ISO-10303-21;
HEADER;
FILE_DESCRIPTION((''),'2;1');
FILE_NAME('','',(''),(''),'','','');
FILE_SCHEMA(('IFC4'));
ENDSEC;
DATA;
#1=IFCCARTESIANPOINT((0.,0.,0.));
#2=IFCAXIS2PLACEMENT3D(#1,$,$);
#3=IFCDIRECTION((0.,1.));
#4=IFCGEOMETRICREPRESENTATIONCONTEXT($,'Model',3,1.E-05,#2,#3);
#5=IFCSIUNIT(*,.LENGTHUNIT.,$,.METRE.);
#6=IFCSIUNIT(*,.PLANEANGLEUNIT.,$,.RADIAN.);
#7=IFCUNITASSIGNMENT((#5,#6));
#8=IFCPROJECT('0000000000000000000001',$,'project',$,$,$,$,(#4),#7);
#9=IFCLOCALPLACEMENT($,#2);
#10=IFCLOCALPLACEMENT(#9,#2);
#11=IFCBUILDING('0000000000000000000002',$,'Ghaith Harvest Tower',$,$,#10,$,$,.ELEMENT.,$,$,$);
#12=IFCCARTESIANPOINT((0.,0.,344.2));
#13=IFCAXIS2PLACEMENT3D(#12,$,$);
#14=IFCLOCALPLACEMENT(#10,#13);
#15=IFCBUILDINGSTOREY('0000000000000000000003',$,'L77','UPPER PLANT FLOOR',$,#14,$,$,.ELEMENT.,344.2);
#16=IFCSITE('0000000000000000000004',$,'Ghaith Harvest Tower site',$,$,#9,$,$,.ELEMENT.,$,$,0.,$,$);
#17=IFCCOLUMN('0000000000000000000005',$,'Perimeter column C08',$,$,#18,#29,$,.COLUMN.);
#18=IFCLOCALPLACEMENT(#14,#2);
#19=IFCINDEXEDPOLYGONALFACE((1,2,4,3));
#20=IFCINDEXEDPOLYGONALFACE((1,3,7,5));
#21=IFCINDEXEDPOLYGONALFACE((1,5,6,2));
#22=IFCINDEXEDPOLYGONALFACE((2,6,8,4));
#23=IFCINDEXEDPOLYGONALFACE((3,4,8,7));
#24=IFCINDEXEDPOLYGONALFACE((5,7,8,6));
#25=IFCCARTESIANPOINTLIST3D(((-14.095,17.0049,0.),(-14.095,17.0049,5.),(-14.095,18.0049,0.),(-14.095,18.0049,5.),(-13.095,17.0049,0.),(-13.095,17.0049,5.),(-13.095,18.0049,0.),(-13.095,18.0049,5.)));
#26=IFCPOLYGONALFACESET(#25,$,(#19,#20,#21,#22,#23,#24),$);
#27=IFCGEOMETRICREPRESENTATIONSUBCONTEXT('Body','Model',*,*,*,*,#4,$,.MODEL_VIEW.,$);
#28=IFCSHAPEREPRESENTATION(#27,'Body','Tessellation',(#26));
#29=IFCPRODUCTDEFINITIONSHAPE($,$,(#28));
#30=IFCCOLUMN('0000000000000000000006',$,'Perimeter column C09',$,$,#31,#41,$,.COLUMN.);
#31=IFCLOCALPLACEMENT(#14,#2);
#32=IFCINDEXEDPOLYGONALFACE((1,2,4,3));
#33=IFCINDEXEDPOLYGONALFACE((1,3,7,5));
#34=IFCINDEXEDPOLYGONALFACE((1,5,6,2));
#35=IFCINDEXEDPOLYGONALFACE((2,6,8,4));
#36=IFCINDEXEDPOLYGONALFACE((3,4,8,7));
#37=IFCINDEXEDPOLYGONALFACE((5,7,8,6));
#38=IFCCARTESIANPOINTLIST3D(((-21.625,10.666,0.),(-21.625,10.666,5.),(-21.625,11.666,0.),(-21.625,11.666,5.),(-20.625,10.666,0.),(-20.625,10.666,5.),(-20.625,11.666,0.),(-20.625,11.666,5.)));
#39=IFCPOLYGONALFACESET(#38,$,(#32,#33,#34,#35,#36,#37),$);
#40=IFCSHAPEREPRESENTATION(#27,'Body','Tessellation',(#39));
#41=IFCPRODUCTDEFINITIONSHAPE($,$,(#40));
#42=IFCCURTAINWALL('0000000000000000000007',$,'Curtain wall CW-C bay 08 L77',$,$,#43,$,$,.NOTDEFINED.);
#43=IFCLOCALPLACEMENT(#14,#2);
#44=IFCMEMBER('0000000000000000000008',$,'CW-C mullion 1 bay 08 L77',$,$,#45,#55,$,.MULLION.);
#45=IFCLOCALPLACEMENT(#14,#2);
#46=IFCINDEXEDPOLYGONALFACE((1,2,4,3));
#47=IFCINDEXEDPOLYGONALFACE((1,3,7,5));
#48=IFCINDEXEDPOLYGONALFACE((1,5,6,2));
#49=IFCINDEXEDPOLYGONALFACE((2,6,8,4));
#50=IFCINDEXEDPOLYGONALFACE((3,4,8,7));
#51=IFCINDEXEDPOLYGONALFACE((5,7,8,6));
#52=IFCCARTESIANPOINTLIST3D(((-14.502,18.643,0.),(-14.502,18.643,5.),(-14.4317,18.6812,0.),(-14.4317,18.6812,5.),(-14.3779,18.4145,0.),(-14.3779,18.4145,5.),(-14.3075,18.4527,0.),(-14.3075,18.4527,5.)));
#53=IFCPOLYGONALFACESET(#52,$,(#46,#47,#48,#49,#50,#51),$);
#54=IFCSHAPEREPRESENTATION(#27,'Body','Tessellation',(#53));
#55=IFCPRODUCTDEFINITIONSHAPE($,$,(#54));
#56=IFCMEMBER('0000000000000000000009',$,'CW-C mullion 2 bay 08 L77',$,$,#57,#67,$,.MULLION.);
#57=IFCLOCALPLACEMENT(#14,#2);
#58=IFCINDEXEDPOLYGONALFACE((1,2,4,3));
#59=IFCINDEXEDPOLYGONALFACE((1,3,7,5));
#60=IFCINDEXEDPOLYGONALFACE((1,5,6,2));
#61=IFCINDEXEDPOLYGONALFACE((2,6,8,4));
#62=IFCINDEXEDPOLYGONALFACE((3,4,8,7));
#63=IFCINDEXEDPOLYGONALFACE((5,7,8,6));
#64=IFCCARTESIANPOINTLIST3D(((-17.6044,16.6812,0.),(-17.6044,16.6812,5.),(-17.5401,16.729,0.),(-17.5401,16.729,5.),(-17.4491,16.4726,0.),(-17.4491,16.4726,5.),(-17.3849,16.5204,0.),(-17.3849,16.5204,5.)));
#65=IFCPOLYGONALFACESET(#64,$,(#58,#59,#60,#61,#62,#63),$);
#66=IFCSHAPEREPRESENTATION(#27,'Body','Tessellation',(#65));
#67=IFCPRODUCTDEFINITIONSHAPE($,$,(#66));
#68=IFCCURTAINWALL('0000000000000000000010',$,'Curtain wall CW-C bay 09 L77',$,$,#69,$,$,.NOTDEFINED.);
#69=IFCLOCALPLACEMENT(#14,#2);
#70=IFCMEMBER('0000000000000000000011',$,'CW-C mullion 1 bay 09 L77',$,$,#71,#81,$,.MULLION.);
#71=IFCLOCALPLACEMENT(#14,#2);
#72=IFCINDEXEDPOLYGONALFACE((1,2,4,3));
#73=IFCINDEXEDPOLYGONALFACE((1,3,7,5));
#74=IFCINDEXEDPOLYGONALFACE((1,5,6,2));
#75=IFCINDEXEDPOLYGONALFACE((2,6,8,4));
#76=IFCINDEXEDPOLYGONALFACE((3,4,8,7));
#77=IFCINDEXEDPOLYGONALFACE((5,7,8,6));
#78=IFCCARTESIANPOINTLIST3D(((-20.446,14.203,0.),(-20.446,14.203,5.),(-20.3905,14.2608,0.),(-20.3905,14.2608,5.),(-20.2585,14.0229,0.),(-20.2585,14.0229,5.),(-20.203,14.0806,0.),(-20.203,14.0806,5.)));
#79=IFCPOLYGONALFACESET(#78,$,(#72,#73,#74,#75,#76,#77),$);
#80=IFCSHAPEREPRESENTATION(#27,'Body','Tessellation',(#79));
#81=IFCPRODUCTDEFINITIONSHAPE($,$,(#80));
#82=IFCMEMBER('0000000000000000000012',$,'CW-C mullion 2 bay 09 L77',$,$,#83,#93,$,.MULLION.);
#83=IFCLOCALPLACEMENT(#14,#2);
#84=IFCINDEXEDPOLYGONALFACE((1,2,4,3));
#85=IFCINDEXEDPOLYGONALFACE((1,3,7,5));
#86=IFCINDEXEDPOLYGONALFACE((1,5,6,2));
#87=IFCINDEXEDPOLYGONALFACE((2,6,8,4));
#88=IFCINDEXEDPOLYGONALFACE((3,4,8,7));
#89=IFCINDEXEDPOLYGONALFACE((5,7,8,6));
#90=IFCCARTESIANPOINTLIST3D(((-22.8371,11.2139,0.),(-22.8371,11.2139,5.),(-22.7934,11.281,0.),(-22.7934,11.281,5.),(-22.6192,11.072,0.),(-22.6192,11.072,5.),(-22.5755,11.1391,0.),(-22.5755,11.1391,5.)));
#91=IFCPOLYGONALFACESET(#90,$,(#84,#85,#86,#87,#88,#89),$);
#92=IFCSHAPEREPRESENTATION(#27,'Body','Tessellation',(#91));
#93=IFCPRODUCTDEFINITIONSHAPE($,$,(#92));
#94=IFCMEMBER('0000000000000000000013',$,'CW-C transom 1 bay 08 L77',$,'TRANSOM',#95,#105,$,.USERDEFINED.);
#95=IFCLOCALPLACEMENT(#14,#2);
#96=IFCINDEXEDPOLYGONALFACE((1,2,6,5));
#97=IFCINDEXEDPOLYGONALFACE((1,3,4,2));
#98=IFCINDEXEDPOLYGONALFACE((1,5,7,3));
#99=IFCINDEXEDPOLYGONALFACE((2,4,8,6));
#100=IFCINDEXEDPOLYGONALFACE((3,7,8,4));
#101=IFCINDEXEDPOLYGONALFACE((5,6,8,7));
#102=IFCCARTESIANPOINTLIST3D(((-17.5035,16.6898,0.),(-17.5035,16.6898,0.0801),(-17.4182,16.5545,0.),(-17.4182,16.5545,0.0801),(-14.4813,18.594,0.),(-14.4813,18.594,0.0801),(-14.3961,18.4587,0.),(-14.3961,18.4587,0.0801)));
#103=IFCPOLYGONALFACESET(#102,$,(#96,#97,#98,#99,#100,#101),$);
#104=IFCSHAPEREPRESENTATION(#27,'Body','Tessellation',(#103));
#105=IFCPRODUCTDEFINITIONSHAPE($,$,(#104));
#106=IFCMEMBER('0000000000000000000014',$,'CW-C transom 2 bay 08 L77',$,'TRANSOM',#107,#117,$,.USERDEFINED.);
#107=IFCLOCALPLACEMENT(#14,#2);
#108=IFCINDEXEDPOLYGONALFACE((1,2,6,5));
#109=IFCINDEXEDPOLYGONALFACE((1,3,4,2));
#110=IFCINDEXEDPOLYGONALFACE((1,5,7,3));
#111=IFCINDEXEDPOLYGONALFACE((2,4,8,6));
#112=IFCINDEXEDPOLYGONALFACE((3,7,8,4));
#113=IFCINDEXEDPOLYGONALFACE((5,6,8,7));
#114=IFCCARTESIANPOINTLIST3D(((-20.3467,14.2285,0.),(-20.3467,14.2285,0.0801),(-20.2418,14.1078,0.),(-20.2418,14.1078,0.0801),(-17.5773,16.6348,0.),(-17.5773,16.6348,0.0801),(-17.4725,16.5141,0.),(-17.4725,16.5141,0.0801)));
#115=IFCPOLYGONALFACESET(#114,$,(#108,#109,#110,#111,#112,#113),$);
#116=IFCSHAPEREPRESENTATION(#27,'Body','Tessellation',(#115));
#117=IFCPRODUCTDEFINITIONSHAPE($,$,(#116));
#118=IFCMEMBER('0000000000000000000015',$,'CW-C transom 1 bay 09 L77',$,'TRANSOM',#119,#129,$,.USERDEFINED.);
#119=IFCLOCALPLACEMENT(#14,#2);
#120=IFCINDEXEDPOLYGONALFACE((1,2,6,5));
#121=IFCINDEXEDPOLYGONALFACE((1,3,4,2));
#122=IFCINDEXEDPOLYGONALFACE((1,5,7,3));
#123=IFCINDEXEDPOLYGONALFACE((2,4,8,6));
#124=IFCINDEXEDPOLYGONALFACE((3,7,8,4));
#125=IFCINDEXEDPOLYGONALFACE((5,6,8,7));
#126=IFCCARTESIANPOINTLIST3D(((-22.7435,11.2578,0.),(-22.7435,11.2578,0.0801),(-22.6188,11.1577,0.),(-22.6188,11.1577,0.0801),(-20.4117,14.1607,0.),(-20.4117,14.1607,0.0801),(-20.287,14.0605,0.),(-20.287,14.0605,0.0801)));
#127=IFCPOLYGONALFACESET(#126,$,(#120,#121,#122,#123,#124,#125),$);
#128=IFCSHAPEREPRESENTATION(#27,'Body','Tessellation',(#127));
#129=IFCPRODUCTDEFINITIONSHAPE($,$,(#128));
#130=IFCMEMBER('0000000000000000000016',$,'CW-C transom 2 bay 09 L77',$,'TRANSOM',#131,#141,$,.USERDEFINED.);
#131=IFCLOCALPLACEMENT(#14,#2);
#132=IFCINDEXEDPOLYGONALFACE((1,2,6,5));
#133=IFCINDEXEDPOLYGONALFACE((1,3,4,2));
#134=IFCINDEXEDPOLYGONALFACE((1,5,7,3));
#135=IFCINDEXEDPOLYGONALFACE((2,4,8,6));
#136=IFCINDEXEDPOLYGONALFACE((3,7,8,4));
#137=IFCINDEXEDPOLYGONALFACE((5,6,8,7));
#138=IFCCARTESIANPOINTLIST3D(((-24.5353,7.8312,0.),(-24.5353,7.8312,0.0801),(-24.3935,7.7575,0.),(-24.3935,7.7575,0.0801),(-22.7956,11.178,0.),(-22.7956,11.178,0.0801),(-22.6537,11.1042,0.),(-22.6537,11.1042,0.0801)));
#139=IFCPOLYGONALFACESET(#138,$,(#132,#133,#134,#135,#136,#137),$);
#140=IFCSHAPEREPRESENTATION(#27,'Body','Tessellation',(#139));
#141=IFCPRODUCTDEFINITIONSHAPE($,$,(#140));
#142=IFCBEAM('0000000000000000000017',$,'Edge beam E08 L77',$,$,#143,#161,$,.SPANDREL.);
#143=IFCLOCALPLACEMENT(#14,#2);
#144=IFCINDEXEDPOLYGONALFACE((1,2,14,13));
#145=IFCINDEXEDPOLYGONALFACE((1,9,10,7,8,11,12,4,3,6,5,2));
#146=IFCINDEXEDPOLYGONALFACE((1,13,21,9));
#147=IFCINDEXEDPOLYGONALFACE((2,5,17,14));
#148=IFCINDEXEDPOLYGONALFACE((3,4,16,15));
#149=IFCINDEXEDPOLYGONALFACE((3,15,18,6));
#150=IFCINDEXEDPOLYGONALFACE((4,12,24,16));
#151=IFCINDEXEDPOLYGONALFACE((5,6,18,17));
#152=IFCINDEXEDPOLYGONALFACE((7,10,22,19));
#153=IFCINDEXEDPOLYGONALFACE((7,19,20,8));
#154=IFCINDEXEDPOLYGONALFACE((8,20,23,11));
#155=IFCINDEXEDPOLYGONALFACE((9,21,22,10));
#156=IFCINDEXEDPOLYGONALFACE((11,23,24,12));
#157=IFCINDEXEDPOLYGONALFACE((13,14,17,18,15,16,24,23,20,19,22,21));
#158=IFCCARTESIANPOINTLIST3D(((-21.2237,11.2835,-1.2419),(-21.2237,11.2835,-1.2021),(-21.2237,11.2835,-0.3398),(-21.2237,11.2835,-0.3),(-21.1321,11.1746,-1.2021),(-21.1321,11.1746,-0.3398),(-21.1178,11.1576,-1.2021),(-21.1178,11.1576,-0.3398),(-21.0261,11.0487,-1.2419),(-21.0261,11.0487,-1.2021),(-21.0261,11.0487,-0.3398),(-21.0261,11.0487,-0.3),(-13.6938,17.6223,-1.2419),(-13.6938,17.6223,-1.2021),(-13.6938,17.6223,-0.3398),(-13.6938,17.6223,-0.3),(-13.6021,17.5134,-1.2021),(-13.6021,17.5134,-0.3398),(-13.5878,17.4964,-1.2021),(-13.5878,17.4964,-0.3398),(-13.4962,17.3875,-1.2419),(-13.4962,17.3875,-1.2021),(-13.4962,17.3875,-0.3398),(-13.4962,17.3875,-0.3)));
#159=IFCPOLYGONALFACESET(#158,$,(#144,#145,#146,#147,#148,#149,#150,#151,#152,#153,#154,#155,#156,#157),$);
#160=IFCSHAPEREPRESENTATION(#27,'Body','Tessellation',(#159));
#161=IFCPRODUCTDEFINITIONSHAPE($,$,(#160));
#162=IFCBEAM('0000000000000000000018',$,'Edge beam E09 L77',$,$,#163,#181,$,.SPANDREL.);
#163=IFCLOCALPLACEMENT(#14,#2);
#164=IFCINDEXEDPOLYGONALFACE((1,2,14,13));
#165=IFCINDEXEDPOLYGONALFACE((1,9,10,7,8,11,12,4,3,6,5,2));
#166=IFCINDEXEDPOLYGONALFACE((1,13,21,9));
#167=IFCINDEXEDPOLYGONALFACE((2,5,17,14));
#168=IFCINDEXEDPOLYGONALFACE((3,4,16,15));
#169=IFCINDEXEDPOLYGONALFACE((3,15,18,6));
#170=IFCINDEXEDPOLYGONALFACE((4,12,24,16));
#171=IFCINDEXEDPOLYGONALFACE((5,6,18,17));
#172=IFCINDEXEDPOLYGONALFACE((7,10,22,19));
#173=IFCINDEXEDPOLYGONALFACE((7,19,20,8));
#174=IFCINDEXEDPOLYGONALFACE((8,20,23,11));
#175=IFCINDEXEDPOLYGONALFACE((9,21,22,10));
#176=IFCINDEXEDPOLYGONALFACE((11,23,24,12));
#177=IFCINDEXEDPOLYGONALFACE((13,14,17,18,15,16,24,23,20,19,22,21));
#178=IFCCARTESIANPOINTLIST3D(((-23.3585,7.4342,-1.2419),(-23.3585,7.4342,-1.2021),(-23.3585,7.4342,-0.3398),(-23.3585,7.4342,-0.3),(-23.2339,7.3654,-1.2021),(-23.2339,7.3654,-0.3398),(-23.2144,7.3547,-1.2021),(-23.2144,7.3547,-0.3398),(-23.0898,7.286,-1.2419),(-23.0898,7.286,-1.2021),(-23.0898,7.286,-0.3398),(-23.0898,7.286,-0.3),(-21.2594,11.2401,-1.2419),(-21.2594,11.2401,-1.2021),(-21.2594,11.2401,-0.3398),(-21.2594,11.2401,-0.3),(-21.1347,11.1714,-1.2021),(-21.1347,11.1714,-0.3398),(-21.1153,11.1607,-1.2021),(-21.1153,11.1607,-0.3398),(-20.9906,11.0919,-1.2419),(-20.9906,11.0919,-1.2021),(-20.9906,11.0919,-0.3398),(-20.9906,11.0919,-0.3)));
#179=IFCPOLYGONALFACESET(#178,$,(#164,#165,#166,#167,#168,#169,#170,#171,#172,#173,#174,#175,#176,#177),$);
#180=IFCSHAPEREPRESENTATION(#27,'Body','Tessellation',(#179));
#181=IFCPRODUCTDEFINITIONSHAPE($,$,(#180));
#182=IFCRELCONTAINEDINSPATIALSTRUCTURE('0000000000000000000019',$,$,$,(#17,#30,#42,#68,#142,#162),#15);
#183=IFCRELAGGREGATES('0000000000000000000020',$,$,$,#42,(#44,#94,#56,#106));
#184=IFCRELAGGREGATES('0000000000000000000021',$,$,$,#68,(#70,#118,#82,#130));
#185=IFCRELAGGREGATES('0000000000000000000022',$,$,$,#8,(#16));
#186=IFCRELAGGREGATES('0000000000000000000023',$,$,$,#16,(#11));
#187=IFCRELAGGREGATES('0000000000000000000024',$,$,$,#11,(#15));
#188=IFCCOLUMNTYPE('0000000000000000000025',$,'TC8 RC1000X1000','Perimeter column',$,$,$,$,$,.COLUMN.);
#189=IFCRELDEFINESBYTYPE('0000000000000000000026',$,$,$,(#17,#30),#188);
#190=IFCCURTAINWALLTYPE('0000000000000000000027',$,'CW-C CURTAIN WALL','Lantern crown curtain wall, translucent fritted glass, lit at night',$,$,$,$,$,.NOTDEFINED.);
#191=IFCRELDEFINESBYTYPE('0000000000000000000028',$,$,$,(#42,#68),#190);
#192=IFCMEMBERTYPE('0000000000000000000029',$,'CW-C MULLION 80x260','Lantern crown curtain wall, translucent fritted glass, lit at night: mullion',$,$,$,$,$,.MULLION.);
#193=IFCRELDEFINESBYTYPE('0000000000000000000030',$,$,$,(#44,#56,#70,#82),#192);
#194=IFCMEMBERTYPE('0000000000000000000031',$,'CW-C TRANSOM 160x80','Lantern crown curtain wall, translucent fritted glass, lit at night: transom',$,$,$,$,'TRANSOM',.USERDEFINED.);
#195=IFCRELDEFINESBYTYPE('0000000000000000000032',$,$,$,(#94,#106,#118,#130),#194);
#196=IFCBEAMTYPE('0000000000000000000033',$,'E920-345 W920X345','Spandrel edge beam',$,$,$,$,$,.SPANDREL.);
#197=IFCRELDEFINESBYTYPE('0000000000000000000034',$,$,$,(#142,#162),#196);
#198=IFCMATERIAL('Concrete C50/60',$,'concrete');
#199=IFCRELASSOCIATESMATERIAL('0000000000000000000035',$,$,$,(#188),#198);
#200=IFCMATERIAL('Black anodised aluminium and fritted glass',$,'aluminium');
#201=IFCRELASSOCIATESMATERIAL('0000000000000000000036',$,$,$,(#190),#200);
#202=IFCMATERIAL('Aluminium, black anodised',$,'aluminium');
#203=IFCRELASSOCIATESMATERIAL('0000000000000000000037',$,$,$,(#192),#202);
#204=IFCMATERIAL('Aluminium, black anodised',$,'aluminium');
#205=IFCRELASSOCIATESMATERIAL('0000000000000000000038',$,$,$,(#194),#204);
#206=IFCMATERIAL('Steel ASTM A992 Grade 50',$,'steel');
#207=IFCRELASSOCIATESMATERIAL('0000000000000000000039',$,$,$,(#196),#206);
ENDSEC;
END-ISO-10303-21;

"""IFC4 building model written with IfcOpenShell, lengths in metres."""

from ifc_helpers import new_model, si_unit, direction, frame, origin, origin_2d, place, context, subcontext, project, spatial, rectangle, i_section, extrude, material, material_profile, profile_set, type_object, element, aggregate, save


model = new_model("IFC4")

# Units and contexts
model_context = context("Model", 3, precision=1e-05, world=origin(), true_north=direction((0.0, 1.0)))
body_context = subcontext(model_context, "Body", "Model", "MODEL_VIEW")
ifc_project = project(units=[si_unit("LENGTHUNIT", "METRE"), si_unit("PLANEANGLEUNIT", "RADIAN")], contexts=[model_context])

# Site, building, storey
site_placement = place(None, origin())
site = spatial("IfcSite", under=ifc_project, at=site_placement, Name="Ghaith Harvest Tower site", CompositionType="ELEMENT", RefElevation=0.0)
building_placement = place(site_placement, origin())
building = spatial("IfcBuilding", under=site, at=building_placement, Name="Ghaith Harvest Tower", CompositionType="ELEMENT")
storey_placement = place(building_placement, frame((0.0, 0.0, 344.2)))
storey = spatial("IfcBuildingStorey", under=building, at=storey_placement, Name="L77", Description="UPPER PLANT FLOOR", CompositionType="ELEMENT", Elevation=344.2)

# Columns
ifc_material_1 = material(Name="Concrete C50/60", Category="concrete")
ifc_material_profile_1 = material_profile(ifc_material_1, rectangle(XDim=1.0, YDim=1.0, at=origin_2d()), Name="RC1000X1000")
ifc_profile_set_1 = profile_set([ifc_material_profile_1], Name="Concrete C50/60")
column_type = type_object("IfcColumnType", Name="TC8 RC1000X1000", Description="Perimeter column", PredefinedType="COLUMN", material=ifc_profile_set_1)
for number, where, z_axis, x_axis, name in (
    (1, (-13.595, 17.5049, 0.0), (0.0, 0.0, 1.0), (1.0, 0.0, 0.0), "Perimeter column C08"),
    (2, (-21.125, 11.166, 0.0), (0.0, 0.0, 1.0), (1.0, 0.0, 0.0), "Perimeter column C09"),
):
    element("IfcColumn", number, at=place(storey_placement, frame(where, z_axis=z_axis, x_axis=x_axis)), inside=storey, type_object=column_type, Name=name, PredefinedType="COLUMN", context=body_context, shape_type="SweptSolid", body=[
        extrude(rectangle(XDim=1.0, YDim=1.0, at=origin_2d()), origin(), (0.0, 0.0, 1.0), 5.0),
    ])

# Curtain walls, members
ifc_material_2 = material(Name="Black anodised aluminium and fritted glass", Category="aluminium")
curtain_wall_type = type_object("IfcCurtainWallType", Name="CW-C CURTAIN WALL", Description="Lantern crown curtain wall, translucent fritted glass, lit at night", PredefinedType="NOTDEFINED", material=ifc_material_2)
curtain_wall_1_placement = place(storey_placement, origin())
curtain_wall_1 = element("IfcCurtainWall", 3, at=curtain_wall_1_placement, inside=storey, type_object=curtain_wall_type, Name="Curtain wall CW-C bay 08 L77", PredefinedType="NOTDEFINED")
ifc_material_3 = material(Name="Aluminium, black anodised", Category="aluminium")
ifc_material_profile_2 = material_profile(ifc_material_3, rectangle(XDim=0.0801, YDim=0.26, at=origin_2d()), Name="CW-C MULLION 80x260")
ifc_profile_set_2 = profile_set([ifc_material_profile_2], Name="Aluminium, black anodised")
member_type_1 = type_object("IfcMemberType", Name="CW-C MULLION 80x260", Description="Lantern crown curtain wall, translucent fritted glass, lit at night: mullion", PredefinedType="MULLION", material=ifc_profile_set_2)
member_1_placement = place(storey_placement, frame((-14.4048, 18.5479, 0.0), z_axis=(0.0, 0.0, 1.0), x_axis=(-0.878672, -0.477426, 0.0)))
member_1 = element("IfcMember", 4, at=member_1_placement, type_object=member_type_1, Name="CW-C mullion 1 bay 08 L77", PredefinedType="MULLION", context=body_context, shape_type="SweptSolid", body=[
    extrude(rectangle(XDim=0.0801, YDim=0.26, at=origin_2d()), origin(), (0.0, 0.0, 1.0), 5.0),
])
member_2_placement = place(storey_placement, frame((-17.4946, 16.6008, 0.0), z_axis=(0.0, 0.0, 1.0), x_axis=(-0.80219, -0.597069, 0.0)))
member_2 = element("IfcMember", 5, at=member_2_placement, type_object=member_type_1, Name="CW-C mullion 2 bay 08 L77", PredefinedType="MULLION", context=body_context, shape_type="SweptSolid", body=[
    extrude(rectangle(XDim=0.0801, YDim=0.26, at=origin_2d()), origin(), (0.0, 0.0, 1.0), 5.0),
])
curtain_wall_2_placement = place(storey_placement, origin())
curtain_wall_2 = element("IfcCurtainWall", 6, at=curtain_wall_2_placement, inside=storey, type_object=curtain_wall_type, Name="Curtain wall CW-C bay 09 L77", PredefinedType="NOTDEFINED")
member_3_placement = place(storey_placement, frame((-20.3245, 14.1418, 0.0), z_axis=(0.0, 0.0, 1.0), x_axis=(-0.692826, -0.721104, 0.0)))
member_3 = element("IfcMember", 7, at=member_3_placement, type_object=member_type_1, Name="CW-C mullion 1 bay 09 L77", PredefinedType="MULLION", context=body_context, shape_type="SweptSolid", body=[
    extrude(rectangle(XDim=0.0801, YDim=0.26, at=origin_2d()), origin(), (0.0, 0.0, 1.0), 5.0),
])
member_4_placement = place(storey_placement, frame((-22.7063, 11.1765, 0.0), z_axis=(0.0, 0.0, 1.0), x_axis=(-0.545865, -0.837873, 0.0)))
member_4 = element("IfcMember", 8, at=member_4_placement, type_object=member_type_1, Name="CW-C mullion 2 bay 09 L77", PredefinedType="MULLION", context=body_context, shape_type="SweptSolid", body=[
    extrude(rectangle(XDim=0.0801, YDim=0.26, at=origin_2d()), origin(), (0.0, 0.0, 1.0), 5.0),
])

# Members
ifc_material_4 = material(Name="Aluminium, black anodised", Category="aluminium")
ifc_material_profile_3 = material_profile(ifc_material_4, rectangle(XDim=0.1599, YDim=0.0801, at=origin_2d()), Name="CW-C TRANSOM 160x80")
ifc_profile_set_3 = profile_set([ifc_material_profile_3], Name="Aluminium, black anodised")
member_type_2 = type_object("IfcMemberType", Name="CW-C TRANSOM 160x80", Description="Lantern crown curtain wall, translucent fritted glass, lit at night: transom", ElementType="TRANSOM", PredefinedType="USERDEFINED", material=ifc_profile_set_3)
member_5_placement = place(storey_placement, frame((-14.4387, 18.5264, 0.04), z_axis=(-0.846054, -0.533098, 0.0), x_axis=(0.533098, -0.846054, 0.0)))
member_5 = element("IfcMember", 9, at=member_5_placement, type_object=member_type_2, Name="CW-C transom 1 bay 08 L77", ObjectType="TRANSOM", PredefinedType="USERDEFINED", context=body_context, shape_type="SweptSolid", body=[
    extrude(rectangle(XDim=0.1599, YDim=0.0801, at=origin_2d()), origin(), (0.0, 0.0, 1.0), 3.572),
])
member_6_placement = place(storey_placement, frame((-17.5249, 16.5745, 0.04), z_axis=(-0.754852, -0.655895, 0.0), x_axis=(0.655895, -0.754852, 0.0)))
member_6 = element("IfcMember", 10, at=member_6_placement, type_object=member_type_2, Name="CW-C transom 2 bay 08 L77", ObjectType="TRANSOM", PredefinedType="USERDEFINED", context=body_context, shape_type="SweptSolid", body=[
    extrude(rectangle(XDim=0.1599, YDim=0.0801, at=origin_2d()), origin(), (0.0, 0.0, 1.0), 3.6687),
])
member_7_placement = place(storey_placement, frame((-20.3494, 14.1106, 0.04), z_axis=(-0.626253, -0.77962, 0.0), x_axis=(0.77962, -0.626253, 0.0)))
member_7 = element("IfcMember", 11, at=member_7_placement, type_object=member_type_2, Name="CW-C transom 1 bay 09 L77", ObjectType="TRANSOM", PredefinedType="USERDEFINED", context=body_context, shape_type="SweptSolid", body=[
    extrude(rectangle(XDim=0.1599, YDim=0.0801, at=origin_2d()), origin(), (0.0, 0.0, 1.0), 3.7234),
])
member_8_placement = place(storey_placement, frame((-22.7246, 11.1411, 0.04), z_axis=(-0.461243, -0.887274, 0.0), x_axis=(0.887274, -0.461243, 0.0)))
member_8 = element("IfcMember", 12, at=member_8_placement, type_object=member_type_2, Name="CW-C transom 2 bay 09 L77", ObjectType="TRANSOM", PredefinedType="USERDEFINED", context=body_context, shape_type="SweptSolid", body=[
    extrude(rectangle(XDim=0.1599, YDim=0.0801, at=origin_2d()), origin(), (0.0, 0.0, 1.0), 3.772),
])

# Beams
ifc_material_5 = material(Name="Steel ASTM A992 Grade 50", Category="steel")
ifc_material_profile_4 = material_profile(ifc_material_5, i_section(OverallWidth=0.3069, OverallDepth=0.9419, WebThickness=0.0222, FlangeThickness=0.0398, at=origin_2d()), Name="W920X345")
ifc_profile_set_4 = profile_set([ifc_material_profile_4], Name="Steel ASTM A992 Grade 50")
beam_type = type_object("IfcBeamType", Name="E920-345 W920X345", Description="Spandrel edge beam", PredefinedType="SPANDREL", material=ifc_profile_set_4)
beam_1_placement = place(storey_placement, frame((-13.595, 17.5049, -0.771), z_axis=(-0.765022, -0.644004, 0.0), x_axis=(0.644004, -0.765022, 0.0)))
element("IfcBeam", 13, at=beam_1_placement, inside=storey, type_object=beam_type, Name="Edge beam E08 L77", PredefinedType="SPANDREL", context=body_context, shape_type="SweptSolid", body=[
    extrude(i_section(OverallWidth=0.3069, OverallDepth=0.9419, WebThickness=0.0222, FlangeThickness=0.0398, at=origin_2d()), origin(), (0.0, 0.0, 1.0), 9.8428),
])
beam_2_placement = place(storey_placement, frame((-21.125, 11.166, -0.771), z_axis=(-0.482956, -0.875645, 0.0), x_axis=(0.875645, -0.482956, 0.0)))
element("IfcBeam", 14, at=beam_2_placement, inside=storey, type_object=beam_type, Name="Edge beam E09 L77", PredefinedType="SPANDREL", context=body_context, shape_type="SweptSolid", body=[
    extrude(i_section(OverallWidth=0.3069, OverallDepth=0.9419, WebThickness=0.0222, FlangeThickness=0.0398, at=origin_2d()), origin(), (0.0, 0.0, 1.0), 4.3464),
])

aggregate(curtain_wall_1, [member_1, member_5, member_2, member_6])
aggregate(curtain_wall_2, [member_3, member_7, member_4, member_8])

save(model, "model.ifc")
